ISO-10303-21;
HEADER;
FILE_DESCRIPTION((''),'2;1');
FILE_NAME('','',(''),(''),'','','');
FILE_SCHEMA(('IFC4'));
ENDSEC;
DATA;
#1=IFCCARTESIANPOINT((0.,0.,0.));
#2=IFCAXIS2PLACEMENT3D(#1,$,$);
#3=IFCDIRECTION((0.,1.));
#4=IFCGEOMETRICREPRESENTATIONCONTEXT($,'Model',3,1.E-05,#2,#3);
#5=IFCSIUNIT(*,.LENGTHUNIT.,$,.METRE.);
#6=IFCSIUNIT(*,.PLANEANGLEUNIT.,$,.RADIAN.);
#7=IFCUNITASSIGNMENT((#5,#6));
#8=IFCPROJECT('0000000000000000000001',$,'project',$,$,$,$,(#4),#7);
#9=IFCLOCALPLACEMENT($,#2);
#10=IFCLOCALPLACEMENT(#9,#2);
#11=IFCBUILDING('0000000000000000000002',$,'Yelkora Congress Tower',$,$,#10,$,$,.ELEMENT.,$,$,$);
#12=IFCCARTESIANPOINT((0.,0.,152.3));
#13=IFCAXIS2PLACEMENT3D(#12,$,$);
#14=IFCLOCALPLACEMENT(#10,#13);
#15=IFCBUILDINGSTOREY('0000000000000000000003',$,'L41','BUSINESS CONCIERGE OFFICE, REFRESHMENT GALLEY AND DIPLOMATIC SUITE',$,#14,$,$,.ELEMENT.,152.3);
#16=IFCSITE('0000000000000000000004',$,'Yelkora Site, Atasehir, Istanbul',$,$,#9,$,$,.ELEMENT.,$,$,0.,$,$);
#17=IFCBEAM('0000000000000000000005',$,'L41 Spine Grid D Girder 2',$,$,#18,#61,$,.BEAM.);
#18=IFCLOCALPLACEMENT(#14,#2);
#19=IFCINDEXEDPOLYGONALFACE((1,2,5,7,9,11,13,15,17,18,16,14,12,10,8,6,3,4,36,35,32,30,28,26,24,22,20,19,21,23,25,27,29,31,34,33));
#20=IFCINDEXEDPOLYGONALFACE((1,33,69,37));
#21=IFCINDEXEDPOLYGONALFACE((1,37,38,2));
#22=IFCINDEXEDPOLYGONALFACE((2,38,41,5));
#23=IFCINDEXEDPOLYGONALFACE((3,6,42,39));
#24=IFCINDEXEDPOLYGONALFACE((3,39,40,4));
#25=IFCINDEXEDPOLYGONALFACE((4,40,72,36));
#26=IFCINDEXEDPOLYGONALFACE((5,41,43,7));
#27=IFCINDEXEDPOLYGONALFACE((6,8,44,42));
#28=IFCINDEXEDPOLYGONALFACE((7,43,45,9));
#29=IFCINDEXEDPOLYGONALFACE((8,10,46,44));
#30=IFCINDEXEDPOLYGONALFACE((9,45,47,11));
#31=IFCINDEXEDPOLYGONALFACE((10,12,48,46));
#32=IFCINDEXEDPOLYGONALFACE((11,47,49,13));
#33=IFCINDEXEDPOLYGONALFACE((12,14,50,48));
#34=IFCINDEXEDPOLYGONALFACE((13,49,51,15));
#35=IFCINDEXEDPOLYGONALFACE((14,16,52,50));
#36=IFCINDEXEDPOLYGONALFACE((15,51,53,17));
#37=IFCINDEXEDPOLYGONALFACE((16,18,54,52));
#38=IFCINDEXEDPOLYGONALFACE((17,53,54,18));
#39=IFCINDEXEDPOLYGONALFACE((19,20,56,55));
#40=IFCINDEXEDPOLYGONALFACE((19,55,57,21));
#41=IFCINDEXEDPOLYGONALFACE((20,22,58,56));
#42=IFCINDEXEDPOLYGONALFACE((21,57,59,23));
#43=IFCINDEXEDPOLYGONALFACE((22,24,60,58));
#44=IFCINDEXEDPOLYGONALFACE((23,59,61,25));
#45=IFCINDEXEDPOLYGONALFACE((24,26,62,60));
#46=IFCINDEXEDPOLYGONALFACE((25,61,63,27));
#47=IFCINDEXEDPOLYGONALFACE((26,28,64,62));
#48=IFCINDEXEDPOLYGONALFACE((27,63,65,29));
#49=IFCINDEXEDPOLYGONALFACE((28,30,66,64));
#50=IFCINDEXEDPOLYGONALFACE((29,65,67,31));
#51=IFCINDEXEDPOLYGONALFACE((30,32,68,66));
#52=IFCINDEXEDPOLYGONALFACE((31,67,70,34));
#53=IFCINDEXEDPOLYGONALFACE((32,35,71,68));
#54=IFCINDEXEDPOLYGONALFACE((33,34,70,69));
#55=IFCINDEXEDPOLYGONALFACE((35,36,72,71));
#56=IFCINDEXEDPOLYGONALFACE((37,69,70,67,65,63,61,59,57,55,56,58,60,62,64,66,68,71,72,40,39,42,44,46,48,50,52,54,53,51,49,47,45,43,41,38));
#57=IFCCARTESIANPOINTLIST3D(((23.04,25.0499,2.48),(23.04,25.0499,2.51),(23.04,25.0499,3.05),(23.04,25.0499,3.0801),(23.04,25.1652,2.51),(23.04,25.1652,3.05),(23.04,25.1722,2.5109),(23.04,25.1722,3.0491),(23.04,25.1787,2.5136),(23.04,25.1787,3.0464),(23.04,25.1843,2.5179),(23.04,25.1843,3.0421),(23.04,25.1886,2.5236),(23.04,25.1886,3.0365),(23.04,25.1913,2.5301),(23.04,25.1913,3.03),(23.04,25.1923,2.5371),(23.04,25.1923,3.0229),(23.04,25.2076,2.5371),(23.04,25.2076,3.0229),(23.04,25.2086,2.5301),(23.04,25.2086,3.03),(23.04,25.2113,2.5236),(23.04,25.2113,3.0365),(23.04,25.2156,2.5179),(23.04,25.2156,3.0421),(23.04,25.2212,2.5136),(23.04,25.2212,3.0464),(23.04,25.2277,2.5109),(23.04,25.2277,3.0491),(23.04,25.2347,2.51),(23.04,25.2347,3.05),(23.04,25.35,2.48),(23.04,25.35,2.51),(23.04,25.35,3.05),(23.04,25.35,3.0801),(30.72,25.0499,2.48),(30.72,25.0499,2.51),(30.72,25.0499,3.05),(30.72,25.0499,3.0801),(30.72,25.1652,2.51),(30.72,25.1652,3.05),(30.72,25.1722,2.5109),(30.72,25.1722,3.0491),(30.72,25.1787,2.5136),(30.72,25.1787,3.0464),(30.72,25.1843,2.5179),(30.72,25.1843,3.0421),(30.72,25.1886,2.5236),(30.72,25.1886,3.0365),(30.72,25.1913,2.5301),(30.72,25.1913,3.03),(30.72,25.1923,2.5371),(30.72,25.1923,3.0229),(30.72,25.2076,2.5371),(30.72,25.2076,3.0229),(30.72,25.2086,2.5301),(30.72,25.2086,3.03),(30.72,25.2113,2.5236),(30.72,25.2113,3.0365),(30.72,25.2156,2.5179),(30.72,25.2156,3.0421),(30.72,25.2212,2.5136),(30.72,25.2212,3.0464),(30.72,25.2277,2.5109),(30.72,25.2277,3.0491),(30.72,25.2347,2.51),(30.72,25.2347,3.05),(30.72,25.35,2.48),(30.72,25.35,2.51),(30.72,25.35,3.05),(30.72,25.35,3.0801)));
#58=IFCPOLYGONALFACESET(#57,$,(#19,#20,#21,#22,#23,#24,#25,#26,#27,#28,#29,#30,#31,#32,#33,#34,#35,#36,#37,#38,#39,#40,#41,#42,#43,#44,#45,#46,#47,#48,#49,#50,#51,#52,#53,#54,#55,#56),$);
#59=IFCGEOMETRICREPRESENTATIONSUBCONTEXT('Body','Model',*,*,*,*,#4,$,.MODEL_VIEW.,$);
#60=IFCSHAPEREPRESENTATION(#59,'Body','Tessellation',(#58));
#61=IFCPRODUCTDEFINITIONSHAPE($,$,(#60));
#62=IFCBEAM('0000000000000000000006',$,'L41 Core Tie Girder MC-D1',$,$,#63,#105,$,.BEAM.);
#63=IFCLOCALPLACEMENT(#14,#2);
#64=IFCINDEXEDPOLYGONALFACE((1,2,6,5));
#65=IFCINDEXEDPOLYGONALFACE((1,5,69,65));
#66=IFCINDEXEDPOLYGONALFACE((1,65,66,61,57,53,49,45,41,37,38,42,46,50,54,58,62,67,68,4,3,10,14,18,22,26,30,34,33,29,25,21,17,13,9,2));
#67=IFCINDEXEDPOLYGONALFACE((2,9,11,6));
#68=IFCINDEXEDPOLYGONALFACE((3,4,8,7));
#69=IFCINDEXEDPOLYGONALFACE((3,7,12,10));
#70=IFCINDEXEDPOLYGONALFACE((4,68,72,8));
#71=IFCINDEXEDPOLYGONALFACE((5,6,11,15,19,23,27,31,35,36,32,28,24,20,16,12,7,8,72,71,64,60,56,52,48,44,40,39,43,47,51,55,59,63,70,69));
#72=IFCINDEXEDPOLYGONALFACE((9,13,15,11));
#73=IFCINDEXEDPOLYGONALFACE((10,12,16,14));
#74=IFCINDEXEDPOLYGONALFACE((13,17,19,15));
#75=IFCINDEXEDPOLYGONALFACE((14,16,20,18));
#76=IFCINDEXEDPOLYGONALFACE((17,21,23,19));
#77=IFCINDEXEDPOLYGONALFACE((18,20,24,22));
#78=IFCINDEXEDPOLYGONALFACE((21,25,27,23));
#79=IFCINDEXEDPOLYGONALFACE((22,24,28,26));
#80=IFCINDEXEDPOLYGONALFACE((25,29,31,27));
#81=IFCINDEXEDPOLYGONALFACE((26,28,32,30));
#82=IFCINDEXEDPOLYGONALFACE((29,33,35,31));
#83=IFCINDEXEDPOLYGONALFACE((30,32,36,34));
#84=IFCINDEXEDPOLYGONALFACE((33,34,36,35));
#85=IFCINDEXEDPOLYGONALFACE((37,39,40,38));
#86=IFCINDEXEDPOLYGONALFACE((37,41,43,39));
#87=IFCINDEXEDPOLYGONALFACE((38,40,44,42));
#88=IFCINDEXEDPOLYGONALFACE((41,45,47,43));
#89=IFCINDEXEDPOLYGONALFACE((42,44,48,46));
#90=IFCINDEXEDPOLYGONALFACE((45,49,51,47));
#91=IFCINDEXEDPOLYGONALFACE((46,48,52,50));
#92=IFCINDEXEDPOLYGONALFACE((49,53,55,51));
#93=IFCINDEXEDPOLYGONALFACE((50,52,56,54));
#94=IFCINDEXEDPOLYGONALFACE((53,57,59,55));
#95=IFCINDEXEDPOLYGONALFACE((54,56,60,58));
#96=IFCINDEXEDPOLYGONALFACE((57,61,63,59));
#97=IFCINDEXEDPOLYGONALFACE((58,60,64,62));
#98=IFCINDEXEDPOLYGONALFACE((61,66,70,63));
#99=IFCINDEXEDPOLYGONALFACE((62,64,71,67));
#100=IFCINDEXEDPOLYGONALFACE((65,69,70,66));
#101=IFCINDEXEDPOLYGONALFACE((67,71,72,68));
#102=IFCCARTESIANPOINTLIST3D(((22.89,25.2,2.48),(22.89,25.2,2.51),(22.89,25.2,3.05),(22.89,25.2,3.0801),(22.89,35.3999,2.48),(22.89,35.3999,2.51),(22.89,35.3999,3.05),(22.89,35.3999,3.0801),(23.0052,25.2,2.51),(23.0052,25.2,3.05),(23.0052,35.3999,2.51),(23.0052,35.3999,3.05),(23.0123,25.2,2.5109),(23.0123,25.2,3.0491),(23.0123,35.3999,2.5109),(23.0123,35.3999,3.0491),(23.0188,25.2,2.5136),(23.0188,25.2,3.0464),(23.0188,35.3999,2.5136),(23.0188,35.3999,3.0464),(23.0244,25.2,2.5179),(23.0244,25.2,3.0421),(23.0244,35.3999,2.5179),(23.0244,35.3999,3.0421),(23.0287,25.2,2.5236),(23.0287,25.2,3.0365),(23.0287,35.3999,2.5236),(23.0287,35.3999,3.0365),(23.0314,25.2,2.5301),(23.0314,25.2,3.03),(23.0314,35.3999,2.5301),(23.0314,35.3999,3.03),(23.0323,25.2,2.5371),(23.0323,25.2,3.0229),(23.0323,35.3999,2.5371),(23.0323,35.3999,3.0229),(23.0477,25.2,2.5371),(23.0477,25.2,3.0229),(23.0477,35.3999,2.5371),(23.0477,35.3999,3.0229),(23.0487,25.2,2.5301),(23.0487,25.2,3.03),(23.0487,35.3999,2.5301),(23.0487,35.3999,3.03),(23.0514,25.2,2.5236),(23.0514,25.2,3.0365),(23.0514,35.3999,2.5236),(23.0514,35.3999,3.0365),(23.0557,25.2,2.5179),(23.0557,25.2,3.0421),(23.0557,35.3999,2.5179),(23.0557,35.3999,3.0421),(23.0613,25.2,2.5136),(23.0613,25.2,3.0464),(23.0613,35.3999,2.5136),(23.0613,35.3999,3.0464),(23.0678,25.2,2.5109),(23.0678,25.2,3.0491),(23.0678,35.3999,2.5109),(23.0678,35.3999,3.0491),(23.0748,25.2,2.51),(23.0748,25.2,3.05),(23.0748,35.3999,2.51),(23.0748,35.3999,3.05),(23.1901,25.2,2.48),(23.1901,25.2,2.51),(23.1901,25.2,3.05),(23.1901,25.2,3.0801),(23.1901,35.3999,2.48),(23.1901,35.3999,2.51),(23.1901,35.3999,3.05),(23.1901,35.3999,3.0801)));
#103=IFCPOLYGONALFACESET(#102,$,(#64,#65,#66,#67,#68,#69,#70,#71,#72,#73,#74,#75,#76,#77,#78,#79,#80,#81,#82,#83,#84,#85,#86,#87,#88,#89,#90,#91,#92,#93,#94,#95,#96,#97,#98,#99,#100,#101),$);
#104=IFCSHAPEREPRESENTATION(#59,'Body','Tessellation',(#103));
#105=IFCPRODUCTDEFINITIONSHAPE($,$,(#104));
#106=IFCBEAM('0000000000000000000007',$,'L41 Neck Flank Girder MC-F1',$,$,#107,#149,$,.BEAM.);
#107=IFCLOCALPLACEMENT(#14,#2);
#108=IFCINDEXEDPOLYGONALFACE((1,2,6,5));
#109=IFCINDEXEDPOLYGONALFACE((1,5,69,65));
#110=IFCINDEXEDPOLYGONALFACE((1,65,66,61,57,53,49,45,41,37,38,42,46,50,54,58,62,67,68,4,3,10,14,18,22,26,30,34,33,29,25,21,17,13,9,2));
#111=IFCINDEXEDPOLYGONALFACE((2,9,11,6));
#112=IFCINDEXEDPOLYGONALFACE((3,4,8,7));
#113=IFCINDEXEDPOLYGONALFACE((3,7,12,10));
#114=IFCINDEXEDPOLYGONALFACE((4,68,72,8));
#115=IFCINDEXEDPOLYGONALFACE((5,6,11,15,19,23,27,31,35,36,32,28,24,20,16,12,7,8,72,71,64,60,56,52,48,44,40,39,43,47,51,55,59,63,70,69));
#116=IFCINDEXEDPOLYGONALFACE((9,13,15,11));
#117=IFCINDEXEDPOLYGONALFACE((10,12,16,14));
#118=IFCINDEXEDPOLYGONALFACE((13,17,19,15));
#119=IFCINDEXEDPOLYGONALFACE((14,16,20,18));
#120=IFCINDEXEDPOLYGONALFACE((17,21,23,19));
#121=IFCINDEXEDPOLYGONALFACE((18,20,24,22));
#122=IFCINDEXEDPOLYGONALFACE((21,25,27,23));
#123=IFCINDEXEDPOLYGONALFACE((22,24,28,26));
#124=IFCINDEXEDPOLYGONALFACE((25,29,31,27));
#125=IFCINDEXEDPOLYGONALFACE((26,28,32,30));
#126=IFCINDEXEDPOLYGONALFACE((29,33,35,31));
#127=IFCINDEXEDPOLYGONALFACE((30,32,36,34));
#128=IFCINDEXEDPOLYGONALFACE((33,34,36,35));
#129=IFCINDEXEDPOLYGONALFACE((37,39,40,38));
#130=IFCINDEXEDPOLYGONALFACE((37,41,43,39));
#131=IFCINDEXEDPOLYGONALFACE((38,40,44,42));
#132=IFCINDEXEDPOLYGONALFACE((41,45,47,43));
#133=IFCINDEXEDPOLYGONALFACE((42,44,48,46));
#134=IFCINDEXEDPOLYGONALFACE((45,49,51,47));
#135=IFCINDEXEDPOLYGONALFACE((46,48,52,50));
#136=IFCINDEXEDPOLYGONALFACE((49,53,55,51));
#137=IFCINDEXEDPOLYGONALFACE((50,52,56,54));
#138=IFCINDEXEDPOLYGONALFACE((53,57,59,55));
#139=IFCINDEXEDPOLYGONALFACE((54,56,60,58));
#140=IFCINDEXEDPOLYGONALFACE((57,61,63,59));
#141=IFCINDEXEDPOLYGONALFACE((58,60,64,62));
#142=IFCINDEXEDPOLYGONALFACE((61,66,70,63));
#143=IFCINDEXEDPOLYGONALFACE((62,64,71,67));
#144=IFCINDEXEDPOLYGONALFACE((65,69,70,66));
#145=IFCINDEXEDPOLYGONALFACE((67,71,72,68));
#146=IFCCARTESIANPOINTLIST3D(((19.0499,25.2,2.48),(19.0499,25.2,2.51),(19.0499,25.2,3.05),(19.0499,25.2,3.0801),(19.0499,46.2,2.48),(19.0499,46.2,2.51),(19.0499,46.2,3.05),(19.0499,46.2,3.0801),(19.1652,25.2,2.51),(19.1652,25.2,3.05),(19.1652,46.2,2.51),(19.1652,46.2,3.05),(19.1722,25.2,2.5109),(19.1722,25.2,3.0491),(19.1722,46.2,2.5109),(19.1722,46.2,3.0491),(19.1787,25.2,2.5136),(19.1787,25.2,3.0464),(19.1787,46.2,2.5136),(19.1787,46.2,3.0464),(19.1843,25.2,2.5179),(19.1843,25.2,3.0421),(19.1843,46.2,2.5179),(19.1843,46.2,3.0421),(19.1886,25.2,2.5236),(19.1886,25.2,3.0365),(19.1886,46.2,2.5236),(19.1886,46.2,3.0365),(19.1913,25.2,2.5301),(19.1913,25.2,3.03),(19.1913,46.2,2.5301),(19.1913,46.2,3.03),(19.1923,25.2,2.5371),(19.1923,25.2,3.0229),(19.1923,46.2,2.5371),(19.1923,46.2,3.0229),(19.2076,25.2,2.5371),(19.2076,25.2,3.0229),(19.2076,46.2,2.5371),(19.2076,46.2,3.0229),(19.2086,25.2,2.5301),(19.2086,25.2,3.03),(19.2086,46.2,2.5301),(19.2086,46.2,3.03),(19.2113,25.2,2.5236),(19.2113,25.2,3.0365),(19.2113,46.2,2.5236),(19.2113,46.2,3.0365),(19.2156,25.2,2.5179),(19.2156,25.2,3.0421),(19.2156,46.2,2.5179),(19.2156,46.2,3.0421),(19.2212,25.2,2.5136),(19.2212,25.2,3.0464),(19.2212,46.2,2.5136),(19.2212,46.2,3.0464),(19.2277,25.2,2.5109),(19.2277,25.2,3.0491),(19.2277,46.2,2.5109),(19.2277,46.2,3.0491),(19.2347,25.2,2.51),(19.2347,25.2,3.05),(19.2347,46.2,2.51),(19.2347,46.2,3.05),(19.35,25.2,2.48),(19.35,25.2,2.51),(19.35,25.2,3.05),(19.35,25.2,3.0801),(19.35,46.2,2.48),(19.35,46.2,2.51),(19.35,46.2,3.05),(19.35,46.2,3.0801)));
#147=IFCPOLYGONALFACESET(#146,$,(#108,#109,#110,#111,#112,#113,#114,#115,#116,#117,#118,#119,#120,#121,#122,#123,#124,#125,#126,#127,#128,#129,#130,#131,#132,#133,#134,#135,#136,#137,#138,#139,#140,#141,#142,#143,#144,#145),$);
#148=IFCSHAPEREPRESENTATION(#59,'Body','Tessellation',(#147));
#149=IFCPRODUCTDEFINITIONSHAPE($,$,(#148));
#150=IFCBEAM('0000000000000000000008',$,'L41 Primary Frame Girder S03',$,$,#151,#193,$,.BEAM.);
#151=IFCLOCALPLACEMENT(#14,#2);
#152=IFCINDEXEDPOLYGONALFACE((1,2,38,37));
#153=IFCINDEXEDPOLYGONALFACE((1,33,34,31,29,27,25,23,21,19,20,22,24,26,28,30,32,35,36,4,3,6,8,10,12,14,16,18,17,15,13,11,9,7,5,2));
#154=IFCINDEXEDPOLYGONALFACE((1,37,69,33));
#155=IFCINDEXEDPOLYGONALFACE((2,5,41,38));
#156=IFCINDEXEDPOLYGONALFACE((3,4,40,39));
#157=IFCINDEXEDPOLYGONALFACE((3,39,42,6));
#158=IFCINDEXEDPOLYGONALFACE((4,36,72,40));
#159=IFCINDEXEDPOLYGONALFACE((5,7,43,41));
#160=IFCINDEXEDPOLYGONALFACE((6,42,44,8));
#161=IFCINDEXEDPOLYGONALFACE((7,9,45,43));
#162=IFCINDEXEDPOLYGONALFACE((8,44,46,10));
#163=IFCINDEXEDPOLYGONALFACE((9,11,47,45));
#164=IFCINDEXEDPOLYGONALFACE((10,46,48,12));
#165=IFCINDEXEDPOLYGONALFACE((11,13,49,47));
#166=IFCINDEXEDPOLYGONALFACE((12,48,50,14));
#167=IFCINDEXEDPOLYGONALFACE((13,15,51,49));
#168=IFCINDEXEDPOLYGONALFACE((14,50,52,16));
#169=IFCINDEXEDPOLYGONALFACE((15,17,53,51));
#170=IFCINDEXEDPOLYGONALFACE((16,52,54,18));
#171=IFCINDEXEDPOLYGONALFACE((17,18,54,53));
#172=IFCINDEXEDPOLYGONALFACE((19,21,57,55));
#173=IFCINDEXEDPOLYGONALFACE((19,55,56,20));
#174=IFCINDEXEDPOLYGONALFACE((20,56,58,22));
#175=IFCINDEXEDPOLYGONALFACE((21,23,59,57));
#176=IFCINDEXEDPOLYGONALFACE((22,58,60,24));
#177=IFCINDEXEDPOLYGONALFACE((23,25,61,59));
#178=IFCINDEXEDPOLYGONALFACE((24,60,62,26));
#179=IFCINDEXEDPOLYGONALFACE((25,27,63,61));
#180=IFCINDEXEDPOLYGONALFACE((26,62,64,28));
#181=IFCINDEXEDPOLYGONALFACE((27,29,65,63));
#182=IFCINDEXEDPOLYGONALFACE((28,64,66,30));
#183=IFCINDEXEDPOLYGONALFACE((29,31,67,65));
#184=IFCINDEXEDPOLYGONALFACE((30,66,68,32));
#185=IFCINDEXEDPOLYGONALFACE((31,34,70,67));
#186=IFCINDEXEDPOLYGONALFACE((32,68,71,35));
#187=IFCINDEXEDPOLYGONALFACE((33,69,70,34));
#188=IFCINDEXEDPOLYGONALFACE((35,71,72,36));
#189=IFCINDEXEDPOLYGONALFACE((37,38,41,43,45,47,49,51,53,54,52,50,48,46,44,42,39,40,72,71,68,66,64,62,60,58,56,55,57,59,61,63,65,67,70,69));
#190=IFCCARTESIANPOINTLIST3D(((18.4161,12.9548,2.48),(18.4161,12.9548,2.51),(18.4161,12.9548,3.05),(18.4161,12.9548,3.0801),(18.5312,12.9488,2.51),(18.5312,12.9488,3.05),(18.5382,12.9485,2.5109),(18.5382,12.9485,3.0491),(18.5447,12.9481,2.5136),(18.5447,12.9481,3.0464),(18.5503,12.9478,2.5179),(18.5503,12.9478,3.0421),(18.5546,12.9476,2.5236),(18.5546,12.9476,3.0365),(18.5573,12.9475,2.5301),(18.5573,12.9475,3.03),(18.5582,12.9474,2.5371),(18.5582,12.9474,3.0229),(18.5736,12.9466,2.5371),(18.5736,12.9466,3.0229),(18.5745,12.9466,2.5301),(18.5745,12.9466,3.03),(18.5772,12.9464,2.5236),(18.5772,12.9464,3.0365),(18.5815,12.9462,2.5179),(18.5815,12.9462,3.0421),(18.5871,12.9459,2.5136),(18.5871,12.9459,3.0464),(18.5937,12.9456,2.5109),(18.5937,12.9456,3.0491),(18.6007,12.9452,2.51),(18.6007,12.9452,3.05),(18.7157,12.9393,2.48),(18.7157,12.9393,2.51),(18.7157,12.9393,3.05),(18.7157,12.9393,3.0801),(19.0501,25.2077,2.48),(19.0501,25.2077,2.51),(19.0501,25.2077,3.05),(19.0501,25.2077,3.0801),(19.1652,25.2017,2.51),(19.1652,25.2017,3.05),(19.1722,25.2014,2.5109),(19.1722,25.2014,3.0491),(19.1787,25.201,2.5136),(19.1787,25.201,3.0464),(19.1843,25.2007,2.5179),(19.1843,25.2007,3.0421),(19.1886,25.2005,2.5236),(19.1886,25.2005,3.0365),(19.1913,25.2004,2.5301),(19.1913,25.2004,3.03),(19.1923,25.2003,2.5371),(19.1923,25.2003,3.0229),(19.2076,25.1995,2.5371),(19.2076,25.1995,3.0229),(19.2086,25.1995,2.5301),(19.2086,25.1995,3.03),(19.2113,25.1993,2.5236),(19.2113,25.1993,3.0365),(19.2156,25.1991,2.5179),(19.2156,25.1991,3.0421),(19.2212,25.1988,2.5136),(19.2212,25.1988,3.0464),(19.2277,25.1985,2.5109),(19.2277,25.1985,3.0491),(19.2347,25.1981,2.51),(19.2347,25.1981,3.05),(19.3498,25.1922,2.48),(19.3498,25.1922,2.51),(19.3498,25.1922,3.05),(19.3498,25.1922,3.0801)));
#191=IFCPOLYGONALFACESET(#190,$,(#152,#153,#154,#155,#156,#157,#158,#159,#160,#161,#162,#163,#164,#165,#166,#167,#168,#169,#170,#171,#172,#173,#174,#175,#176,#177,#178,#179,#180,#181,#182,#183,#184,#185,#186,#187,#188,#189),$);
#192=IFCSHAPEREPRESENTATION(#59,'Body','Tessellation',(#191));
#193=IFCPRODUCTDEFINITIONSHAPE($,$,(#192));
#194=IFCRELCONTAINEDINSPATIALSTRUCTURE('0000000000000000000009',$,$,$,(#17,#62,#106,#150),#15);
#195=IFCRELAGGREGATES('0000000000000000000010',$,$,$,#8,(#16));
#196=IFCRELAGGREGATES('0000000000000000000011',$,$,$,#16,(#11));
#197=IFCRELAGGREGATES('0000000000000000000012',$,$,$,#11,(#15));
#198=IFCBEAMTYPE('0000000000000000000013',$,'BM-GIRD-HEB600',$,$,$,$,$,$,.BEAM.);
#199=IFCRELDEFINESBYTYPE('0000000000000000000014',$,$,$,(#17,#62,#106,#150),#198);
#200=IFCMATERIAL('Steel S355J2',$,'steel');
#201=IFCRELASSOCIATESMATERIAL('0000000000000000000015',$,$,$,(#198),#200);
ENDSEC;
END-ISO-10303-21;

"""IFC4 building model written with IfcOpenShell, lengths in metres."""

from ifc_helpers import new_model, si_unit, direction, frame, origin, origin_2d, place, context, subcontext, project, spatial, i_section, extrude, material, material_profile, profile_set, type_object, element, save


model = new_model("IFC4")

# Units and contexts
model_context = context("Model", 3, precision=1e-05, world=origin(), true_north=direction((0.0, 1.0)))
body_context = subcontext(model_context, "Body", "Model", "MODEL_VIEW")
ifc_project = project(units=[si_unit("LENGTHUNIT", "METRE"), si_unit("PLANEANGLEUNIT", "RADIAN")], contexts=[model_context])

# Site, building, storey
site_placement = place(None, origin())
site = spatial("IfcSite", under=ifc_project, at=site_placement, Name="Yelkora Site, Atasehir, Istanbul", CompositionType="ELEMENT", RefElevation=0.0)
building_placement = place(site_placement, origin())
building = spatial("IfcBuilding", under=site, at=building_placement, Name="Yelkora Congress Tower", CompositionType="ELEMENT")
storey_placement = place(building_placement, frame((0.0, 0.0, 152.3)))
storey = spatial("IfcBuildingStorey", under=building, at=storey_placement, Name="L41", Description="BUSINESS CONCIERGE OFFICE, REFRESHMENT GALLEY AND DIPLOMATIC SUITE", CompositionType="ELEMENT", Elevation=152.3)

# Beams
ifc_material_1 = material(Name="Steel S355J2", Category="steel")
ifc_material_profile_1 = material_profile(ifc_material_1, i_section(OverallWidth=0.3, OverallDepth=0.6001, WebThickness=0.0154, FlangeThickness=0.03, FilletRadius=0.0271, at=origin_2d()), Name="HEB 600")
ifc_profile_set_1 = profile_set([ifc_material_profile_1], Name="Steel S355J2")
beam_type_1 = type_object("IfcBeamType", Name="BM-GIRD-HEB600", PredefinedType="BEAM", material=ifc_profile_set_1)
beam_1_placement = place(storey_placement, frame((23.04, 25.2, 2.78), z_axis=(1.0, 0.0, 0.0), x_axis=(0.0, 1.0, 0.0)))
element("IfcBeam", 1, at=beam_1_placement, inside=storey, type_object=beam_type_1, Name="L41 Spine Grid D Girder 2", PredefinedType="BEAM", context=body_context, shape_type="SweptSolid", body=[
    extrude(i_section(OverallWidth=0.3, OverallDepth=0.6001, WebThickness=0.0154, FlangeThickness=0.03, FilletRadius=0.0271, at=origin_2d()), origin(), (0.0, 0.0, 1.0), 7.6799),
])
beam_2_placement = place(storey_placement, frame((23.04, 25.2, 2.78), z_axis=(0.0, 1.0, 0.0), x_axis=(-1.0, 0.0, 0.0)))
element("IfcBeam", 2, at=beam_2_placement, inside=storey, type_object=beam_type_1, Name="L41 Core Tie Girder MC-D1", PredefinedType="BEAM", context=body_context, shape_type="SweptSolid", body=[
    extrude(i_section(OverallWidth=0.3, OverallDepth=0.6001, WebThickness=0.0154, FlangeThickness=0.03, FilletRadius=0.0271, at=origin_2d()), origin(), (0.0, 0.0, 1.0), 10.2),
])
beam_3_placement = place(storey_placement, frame((19.2, 25.2, 2.78), z_axis=(0.0, 1.0, 0.0), x_axis=(-1.0, 0.0, 0.0)))
element("IfcBeam", 3, at=beam_3_placement, inside=storey, type_object=beam_type_1, Name="L41 Neck Flank Girder MC-F1", PredefinedType="BEAM", context=body_context, shape_type="SweptSolid", body=[
    extrude(i_section(OverallWidth=0.3, OverallDepth=0.6001, WebThickness=0.0154, FlangeThickness=0.03, FilletRadius=0.0271, at=origin_2d()), origin(), (0.0, 0.0, 1.0), 21.0),
])
beam_4_placement = place(storey_placement, frame((18.5659, 12.947, 2.78), z_axis=(0.051676, 0.998664, 0.0), x_axis=(-0.998664, 0.051676, 0.0)))
element("IfcBeam", 4, at=beam_4_placement, inside=storey, type_object=beam_type_1, Name="L41 Primary Frame Girder S03", PredefinedType="BEAM", context=body_context, shape_type="SweptSolid", body=[
    extrude(i_section(OverallWidth=0.3, OverallDepth=0.6001, WebThickness=0.0154, FlangeThickness=0.03, FilletRadius=0.0271, at=origin_2d()), origin(), (0.0, 0.0, 1.0), 12.2693),
])

save(model, "model.ifc")
